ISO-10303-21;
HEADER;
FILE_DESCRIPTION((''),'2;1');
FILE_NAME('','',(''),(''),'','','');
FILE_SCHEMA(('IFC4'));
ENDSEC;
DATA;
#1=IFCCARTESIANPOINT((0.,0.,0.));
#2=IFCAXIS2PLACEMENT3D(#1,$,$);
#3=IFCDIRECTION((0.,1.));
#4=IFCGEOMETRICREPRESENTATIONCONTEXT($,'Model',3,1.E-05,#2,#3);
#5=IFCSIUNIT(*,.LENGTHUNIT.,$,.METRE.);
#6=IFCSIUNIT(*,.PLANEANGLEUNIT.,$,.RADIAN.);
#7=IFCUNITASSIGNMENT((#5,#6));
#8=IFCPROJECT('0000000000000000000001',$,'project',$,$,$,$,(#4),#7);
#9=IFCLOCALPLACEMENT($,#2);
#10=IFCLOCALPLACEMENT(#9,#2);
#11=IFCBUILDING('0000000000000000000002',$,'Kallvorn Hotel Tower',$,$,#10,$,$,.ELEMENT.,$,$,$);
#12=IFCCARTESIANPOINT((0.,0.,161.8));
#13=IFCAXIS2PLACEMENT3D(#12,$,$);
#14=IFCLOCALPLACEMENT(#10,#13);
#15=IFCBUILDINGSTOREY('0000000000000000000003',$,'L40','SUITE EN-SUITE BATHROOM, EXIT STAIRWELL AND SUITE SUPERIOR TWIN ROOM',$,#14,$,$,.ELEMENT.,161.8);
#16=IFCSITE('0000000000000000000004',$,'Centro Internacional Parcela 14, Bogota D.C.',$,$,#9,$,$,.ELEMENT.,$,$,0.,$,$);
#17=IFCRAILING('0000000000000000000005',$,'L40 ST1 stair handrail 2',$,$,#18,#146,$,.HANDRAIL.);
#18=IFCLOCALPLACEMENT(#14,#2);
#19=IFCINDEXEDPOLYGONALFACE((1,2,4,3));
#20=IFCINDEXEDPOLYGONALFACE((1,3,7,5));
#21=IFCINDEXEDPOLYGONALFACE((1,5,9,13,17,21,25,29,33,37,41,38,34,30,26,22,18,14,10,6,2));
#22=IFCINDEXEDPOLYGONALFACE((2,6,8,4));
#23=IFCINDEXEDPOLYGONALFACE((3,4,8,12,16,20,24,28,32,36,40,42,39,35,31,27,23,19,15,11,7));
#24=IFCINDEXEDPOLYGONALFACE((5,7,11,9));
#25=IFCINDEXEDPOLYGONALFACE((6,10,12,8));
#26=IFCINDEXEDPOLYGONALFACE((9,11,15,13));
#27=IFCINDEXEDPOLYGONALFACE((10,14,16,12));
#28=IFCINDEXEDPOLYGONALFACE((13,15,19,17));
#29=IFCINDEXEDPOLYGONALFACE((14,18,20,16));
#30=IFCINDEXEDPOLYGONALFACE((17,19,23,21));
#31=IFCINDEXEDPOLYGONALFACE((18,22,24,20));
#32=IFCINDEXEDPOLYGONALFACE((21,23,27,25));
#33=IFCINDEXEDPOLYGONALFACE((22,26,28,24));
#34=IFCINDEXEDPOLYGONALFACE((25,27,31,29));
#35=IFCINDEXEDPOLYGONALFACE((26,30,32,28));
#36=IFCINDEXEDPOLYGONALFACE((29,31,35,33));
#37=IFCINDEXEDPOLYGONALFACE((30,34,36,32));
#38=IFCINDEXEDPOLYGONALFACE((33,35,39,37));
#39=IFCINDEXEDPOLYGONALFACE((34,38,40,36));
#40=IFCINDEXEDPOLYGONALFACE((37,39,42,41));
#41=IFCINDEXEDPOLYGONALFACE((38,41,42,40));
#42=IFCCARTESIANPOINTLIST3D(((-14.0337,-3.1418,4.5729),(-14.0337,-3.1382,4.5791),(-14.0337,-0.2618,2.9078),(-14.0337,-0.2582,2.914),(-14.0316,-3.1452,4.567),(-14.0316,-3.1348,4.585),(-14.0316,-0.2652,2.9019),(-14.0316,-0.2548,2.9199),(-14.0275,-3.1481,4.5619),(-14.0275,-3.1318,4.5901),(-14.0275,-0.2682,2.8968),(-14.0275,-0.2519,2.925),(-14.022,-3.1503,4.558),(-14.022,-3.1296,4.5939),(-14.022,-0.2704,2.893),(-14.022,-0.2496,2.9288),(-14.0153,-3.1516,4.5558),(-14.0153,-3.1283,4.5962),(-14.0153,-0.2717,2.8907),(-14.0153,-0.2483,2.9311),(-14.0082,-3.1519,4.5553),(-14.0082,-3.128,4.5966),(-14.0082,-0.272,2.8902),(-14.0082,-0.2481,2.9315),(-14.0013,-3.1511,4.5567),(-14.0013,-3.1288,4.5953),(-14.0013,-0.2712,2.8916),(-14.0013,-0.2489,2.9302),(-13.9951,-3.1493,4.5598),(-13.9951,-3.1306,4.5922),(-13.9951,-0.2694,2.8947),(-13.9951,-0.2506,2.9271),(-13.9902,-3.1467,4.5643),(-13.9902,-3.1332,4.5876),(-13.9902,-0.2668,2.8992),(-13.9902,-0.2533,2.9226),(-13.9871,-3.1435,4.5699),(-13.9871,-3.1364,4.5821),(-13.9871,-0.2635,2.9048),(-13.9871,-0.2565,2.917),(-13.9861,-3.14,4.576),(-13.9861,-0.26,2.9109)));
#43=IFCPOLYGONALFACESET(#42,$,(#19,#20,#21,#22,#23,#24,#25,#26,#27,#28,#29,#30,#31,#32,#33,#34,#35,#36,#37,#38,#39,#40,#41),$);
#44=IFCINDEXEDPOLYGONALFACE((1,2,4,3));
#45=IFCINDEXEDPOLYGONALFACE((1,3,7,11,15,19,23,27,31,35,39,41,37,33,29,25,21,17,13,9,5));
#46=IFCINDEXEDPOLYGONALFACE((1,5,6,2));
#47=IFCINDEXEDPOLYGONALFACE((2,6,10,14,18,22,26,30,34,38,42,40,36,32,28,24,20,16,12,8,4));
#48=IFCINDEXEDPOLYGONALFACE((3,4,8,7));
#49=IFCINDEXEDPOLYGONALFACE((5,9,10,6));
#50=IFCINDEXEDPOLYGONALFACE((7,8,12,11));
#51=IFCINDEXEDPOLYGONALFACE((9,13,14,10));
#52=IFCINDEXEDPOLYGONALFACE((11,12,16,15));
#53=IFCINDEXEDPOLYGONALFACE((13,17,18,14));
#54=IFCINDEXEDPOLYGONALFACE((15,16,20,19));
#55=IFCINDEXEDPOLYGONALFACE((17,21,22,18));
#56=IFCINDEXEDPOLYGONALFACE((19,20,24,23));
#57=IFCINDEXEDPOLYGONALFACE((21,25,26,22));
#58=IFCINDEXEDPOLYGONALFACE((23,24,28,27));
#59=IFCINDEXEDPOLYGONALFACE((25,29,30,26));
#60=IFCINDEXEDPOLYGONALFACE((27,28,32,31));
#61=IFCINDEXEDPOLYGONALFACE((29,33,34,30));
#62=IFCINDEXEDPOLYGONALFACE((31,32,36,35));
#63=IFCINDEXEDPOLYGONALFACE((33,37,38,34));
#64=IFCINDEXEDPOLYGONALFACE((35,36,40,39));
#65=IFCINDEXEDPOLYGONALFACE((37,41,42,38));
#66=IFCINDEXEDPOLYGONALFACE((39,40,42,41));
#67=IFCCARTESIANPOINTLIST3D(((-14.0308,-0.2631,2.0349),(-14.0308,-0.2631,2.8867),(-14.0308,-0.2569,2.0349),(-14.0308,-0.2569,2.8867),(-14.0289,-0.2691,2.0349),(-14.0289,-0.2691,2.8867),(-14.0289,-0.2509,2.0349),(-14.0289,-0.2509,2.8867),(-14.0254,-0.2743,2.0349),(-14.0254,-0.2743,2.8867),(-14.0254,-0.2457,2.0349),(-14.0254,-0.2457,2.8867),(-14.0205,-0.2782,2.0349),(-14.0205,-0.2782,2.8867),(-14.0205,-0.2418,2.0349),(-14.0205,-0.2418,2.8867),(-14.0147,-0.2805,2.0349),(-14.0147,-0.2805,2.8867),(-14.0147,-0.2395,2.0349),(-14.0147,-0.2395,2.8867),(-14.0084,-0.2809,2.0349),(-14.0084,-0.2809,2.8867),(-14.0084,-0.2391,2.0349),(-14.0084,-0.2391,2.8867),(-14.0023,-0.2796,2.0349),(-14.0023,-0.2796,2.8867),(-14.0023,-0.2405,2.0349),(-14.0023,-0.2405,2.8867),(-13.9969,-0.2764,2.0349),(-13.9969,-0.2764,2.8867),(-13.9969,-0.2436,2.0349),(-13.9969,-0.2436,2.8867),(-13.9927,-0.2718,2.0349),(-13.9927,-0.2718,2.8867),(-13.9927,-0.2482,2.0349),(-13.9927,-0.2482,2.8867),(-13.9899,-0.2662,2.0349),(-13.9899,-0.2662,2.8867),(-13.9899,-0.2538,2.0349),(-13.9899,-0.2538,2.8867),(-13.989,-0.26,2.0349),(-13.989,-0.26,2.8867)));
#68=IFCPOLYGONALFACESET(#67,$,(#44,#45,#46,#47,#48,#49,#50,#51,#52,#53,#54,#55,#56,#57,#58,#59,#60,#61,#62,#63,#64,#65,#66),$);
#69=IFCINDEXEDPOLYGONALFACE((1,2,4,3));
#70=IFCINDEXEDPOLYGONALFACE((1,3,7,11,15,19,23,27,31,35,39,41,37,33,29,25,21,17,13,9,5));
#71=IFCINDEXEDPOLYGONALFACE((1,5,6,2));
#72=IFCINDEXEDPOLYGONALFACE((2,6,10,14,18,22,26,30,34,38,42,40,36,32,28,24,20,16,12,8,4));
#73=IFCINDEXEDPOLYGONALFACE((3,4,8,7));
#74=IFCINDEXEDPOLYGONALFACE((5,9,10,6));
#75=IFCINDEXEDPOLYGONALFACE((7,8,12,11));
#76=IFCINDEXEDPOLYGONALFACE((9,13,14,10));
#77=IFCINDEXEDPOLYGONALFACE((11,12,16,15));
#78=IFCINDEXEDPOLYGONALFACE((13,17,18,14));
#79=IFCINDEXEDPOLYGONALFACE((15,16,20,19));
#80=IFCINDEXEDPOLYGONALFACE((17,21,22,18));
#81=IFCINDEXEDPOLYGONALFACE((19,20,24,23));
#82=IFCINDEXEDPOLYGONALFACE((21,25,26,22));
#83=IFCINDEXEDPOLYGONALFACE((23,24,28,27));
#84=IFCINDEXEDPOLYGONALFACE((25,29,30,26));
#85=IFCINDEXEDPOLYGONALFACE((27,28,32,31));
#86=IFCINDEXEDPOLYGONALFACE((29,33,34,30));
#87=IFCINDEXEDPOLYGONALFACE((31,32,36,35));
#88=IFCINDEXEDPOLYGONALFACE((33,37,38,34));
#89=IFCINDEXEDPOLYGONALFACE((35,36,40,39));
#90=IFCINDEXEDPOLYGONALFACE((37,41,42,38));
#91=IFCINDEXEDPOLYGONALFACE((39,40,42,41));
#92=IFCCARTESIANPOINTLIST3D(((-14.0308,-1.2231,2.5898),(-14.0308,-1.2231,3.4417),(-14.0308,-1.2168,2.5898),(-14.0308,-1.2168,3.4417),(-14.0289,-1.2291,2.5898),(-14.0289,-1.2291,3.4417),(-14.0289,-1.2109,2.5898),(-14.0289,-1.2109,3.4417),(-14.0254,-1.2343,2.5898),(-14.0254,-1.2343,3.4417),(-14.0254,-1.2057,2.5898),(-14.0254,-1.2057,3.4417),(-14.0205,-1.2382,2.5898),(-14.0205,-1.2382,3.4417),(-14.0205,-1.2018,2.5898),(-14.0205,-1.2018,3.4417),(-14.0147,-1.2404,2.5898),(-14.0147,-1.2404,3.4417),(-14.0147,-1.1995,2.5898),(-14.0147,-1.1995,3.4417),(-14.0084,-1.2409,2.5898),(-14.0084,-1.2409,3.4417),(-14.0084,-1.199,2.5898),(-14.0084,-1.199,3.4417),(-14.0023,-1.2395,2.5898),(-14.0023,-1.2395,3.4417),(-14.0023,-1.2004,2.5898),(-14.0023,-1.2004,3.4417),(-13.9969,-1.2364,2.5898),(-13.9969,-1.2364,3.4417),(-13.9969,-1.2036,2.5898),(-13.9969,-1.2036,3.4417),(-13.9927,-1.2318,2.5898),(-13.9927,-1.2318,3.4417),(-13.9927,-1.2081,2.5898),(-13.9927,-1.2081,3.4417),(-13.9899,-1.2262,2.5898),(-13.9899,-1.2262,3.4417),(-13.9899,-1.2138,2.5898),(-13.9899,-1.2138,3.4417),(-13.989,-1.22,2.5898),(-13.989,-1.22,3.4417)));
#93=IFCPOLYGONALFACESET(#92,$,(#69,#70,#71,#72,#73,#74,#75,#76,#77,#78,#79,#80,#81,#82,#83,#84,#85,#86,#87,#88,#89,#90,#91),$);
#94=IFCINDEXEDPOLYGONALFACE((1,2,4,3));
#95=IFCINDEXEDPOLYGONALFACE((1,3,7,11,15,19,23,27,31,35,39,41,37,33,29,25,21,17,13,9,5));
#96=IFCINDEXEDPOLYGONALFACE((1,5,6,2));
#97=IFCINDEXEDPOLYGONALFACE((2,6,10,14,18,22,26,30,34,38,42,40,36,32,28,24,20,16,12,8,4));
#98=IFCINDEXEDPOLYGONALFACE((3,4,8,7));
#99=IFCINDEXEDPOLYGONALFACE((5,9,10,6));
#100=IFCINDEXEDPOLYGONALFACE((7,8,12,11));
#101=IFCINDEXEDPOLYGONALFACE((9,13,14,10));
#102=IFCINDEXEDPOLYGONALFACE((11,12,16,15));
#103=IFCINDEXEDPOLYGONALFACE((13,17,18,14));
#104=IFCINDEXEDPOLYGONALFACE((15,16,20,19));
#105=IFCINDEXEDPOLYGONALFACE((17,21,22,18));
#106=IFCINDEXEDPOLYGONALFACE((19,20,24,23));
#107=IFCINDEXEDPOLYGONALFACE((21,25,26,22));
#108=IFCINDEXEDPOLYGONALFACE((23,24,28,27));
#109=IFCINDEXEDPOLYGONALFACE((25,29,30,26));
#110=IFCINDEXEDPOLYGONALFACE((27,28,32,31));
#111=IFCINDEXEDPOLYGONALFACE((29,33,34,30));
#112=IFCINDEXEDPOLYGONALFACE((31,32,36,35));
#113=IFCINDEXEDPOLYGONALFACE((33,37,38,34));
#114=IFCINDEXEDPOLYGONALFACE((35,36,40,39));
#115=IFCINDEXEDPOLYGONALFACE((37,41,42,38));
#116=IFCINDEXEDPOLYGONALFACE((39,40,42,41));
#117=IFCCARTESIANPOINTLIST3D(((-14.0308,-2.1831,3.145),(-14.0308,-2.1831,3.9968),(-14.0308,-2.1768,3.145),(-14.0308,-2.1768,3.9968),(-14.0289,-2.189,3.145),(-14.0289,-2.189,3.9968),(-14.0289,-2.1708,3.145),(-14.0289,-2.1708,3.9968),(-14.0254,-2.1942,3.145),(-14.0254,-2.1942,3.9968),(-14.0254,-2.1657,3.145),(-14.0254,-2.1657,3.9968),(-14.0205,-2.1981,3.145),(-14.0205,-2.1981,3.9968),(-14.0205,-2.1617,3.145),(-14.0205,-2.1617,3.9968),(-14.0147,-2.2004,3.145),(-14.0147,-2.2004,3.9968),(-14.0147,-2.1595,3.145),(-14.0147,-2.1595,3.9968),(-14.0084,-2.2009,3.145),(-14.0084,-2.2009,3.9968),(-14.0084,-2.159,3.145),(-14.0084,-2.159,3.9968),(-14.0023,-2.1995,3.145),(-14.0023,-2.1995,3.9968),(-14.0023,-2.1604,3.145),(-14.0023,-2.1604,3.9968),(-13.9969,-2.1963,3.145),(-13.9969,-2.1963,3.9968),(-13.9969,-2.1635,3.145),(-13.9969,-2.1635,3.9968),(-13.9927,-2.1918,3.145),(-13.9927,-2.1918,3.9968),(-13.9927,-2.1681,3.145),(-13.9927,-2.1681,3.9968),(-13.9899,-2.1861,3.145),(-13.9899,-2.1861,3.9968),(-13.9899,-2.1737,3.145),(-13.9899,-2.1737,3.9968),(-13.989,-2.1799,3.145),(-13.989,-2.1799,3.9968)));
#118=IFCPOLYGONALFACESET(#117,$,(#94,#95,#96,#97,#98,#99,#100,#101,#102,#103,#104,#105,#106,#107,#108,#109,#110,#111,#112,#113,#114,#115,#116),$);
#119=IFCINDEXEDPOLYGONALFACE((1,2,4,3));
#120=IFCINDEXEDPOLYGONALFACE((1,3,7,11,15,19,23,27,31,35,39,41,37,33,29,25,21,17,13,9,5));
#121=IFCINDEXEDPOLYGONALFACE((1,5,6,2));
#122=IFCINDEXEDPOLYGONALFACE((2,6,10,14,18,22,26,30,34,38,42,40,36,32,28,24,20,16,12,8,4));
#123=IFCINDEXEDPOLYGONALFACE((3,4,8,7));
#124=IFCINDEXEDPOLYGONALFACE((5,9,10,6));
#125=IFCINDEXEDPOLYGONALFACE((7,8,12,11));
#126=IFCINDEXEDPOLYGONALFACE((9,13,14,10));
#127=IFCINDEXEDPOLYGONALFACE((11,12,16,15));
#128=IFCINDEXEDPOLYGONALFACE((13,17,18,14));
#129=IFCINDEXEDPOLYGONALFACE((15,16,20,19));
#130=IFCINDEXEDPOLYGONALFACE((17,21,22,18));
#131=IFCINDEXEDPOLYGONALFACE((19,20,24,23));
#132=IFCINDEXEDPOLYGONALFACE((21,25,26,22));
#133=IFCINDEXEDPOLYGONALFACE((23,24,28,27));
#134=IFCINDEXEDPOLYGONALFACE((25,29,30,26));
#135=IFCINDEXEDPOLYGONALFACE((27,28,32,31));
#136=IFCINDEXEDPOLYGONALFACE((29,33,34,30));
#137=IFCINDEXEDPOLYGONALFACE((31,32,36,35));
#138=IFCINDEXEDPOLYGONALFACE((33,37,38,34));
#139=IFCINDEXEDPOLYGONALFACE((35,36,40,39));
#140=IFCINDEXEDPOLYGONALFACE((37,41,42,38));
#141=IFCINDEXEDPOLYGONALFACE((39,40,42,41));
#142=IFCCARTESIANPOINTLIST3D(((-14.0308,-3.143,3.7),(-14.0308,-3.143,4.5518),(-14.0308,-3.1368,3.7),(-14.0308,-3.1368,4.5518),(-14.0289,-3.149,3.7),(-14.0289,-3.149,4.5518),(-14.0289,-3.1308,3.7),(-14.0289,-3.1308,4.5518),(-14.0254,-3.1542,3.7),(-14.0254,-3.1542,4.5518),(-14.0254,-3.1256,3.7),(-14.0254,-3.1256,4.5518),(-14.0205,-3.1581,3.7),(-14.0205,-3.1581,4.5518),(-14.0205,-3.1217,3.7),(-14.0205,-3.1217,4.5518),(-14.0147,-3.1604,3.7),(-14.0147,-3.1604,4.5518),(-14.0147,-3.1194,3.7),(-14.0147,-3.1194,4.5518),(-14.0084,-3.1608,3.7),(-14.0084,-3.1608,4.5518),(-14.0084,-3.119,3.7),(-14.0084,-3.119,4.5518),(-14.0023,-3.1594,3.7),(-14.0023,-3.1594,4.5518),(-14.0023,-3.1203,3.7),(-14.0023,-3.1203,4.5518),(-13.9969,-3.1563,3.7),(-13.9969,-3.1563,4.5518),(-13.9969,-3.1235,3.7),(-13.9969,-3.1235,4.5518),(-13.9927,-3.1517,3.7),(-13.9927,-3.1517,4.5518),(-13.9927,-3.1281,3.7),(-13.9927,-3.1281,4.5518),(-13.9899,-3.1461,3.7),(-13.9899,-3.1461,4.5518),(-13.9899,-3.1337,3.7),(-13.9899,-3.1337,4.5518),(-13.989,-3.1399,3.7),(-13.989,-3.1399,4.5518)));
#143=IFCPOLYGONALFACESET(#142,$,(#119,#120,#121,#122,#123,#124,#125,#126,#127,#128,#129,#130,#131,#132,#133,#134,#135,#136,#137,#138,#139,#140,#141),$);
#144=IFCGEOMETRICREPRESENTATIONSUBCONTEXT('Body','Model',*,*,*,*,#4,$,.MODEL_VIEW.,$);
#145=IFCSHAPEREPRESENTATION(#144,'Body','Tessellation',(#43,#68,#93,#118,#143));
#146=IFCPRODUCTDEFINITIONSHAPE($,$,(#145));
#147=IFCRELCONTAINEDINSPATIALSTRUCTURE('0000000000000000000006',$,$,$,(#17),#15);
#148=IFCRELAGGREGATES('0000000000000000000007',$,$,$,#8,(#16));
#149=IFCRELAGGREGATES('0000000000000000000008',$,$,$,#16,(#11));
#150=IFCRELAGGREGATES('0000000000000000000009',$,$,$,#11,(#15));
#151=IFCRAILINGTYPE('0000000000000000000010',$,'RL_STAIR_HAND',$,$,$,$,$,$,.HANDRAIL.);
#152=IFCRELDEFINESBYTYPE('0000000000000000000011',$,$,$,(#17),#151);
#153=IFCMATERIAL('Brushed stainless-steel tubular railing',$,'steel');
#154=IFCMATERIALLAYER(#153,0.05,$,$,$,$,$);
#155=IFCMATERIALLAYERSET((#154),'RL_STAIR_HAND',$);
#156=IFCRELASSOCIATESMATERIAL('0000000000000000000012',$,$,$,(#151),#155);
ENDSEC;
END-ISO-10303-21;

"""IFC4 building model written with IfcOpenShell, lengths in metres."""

from ifc_helpers import new_model, si_unit, direction, frame, origin, origin_2d, place, context, subcontext, project, spatial, circle, extrude, material, layer, layer_set, type_object, element, save


model = new_model("IFC4")

# Units and contexts
model_context = context("Model", 3, precision=1e-05, world=origin(), true_north=direction((0.0, 1.0)))
body_context = subcontext(model_context, "Body", "Model", "MODEL_VIEW")
ifc_project = project(units=[si_unit("LENGTHUNIT", "METRE"), si_unit("PLANEANGLEUNIT", "RADIAN")], contexts=[model_context])

# Site, building, storey
site_placement = place(None, origin())
site = spatial("IfcSite", under=ifc_project, at=site_placement, Name="Centro Internacional Parcela 14, Bogota D.C.", CompositionType="ELEMENT", RefElevation=0.0)
building_placement = place(site_placement, origin())
building = spatial("IfcBuilding", under=site, at=building_placement, Name="Kallvorn Hotel Tower", CompositionType="ELEMENT")
storey_placement = place(building_placement, frame((0.0, 0.0, 161.8)))
storey = spatial("IfcBuildingStorey", under=building, at=storey_placement, Name="L40", Description="SUITE EN-SUITE BATHROOM, EXIT STAIRWELL AND SUITE SUPERIOR TWIN ROOM", CompositionType="ELEMENT", Elevation=161.8)

# Railing
ifc_material_1 = material(Name="Brushed stainless-steel tubular railing", Category="steel")
ifc_layer_1 = layer(ifc_material_1, 0.05)
ifc_layer_set_1 = layer_set([ifc_layer_1], Name="RL_STAIR_HAND")
railing_type_1 = type_object("IfcRailingType", Name="RL_STAIR_HAND", PredefinedType="HANDRAIL", material=ifc_layer_set_1)
railing_1_placement = place(storey_placement, frame((-14.01, -0.26, 2.0349)))
element("IfcRailing", 1, at=railing_1_placement, inside=storey, type_object=railing_type_1, Name="L40 ST1 stair handrail 2", PredefinedType="HANDRAIL", context=body_context, shape_type="SweptSolid", body=[
    extrude(circle(Radius=0.0239, at=origin_2d()), frame((0.0, 0.0, 0.876), z_axis=(0.0, -0.865721, 0.500527), x_axis=(1.0, 0.0, 0.0)), (0.0, 0.0, 1.0), 3.3267),
    extrude(circle(Radius=0.021, at=origin_2d()), origin(), (0.0, 0.0, 1.0), 0.8518),
    extrude(circle(Radius=0.021, at=origin_2d()), frame((0.0, -0.96, 0.5549)), (0.0, 0.0, 1.0), 0.8518),
    extrude(circle(Radius=0.021, at=origin_2d()), frame((0.0, -1.9199, 1.1101)), (0.0, 0.0, 1.0), 0.8518),
    extrude(circle(Radius=0.021, at=origin_2d()), frame((0.0, -2.8799, 1.665)), (0.0, 0.0, 1.0), 0.8518),
])

save(model, "model.ifc")
